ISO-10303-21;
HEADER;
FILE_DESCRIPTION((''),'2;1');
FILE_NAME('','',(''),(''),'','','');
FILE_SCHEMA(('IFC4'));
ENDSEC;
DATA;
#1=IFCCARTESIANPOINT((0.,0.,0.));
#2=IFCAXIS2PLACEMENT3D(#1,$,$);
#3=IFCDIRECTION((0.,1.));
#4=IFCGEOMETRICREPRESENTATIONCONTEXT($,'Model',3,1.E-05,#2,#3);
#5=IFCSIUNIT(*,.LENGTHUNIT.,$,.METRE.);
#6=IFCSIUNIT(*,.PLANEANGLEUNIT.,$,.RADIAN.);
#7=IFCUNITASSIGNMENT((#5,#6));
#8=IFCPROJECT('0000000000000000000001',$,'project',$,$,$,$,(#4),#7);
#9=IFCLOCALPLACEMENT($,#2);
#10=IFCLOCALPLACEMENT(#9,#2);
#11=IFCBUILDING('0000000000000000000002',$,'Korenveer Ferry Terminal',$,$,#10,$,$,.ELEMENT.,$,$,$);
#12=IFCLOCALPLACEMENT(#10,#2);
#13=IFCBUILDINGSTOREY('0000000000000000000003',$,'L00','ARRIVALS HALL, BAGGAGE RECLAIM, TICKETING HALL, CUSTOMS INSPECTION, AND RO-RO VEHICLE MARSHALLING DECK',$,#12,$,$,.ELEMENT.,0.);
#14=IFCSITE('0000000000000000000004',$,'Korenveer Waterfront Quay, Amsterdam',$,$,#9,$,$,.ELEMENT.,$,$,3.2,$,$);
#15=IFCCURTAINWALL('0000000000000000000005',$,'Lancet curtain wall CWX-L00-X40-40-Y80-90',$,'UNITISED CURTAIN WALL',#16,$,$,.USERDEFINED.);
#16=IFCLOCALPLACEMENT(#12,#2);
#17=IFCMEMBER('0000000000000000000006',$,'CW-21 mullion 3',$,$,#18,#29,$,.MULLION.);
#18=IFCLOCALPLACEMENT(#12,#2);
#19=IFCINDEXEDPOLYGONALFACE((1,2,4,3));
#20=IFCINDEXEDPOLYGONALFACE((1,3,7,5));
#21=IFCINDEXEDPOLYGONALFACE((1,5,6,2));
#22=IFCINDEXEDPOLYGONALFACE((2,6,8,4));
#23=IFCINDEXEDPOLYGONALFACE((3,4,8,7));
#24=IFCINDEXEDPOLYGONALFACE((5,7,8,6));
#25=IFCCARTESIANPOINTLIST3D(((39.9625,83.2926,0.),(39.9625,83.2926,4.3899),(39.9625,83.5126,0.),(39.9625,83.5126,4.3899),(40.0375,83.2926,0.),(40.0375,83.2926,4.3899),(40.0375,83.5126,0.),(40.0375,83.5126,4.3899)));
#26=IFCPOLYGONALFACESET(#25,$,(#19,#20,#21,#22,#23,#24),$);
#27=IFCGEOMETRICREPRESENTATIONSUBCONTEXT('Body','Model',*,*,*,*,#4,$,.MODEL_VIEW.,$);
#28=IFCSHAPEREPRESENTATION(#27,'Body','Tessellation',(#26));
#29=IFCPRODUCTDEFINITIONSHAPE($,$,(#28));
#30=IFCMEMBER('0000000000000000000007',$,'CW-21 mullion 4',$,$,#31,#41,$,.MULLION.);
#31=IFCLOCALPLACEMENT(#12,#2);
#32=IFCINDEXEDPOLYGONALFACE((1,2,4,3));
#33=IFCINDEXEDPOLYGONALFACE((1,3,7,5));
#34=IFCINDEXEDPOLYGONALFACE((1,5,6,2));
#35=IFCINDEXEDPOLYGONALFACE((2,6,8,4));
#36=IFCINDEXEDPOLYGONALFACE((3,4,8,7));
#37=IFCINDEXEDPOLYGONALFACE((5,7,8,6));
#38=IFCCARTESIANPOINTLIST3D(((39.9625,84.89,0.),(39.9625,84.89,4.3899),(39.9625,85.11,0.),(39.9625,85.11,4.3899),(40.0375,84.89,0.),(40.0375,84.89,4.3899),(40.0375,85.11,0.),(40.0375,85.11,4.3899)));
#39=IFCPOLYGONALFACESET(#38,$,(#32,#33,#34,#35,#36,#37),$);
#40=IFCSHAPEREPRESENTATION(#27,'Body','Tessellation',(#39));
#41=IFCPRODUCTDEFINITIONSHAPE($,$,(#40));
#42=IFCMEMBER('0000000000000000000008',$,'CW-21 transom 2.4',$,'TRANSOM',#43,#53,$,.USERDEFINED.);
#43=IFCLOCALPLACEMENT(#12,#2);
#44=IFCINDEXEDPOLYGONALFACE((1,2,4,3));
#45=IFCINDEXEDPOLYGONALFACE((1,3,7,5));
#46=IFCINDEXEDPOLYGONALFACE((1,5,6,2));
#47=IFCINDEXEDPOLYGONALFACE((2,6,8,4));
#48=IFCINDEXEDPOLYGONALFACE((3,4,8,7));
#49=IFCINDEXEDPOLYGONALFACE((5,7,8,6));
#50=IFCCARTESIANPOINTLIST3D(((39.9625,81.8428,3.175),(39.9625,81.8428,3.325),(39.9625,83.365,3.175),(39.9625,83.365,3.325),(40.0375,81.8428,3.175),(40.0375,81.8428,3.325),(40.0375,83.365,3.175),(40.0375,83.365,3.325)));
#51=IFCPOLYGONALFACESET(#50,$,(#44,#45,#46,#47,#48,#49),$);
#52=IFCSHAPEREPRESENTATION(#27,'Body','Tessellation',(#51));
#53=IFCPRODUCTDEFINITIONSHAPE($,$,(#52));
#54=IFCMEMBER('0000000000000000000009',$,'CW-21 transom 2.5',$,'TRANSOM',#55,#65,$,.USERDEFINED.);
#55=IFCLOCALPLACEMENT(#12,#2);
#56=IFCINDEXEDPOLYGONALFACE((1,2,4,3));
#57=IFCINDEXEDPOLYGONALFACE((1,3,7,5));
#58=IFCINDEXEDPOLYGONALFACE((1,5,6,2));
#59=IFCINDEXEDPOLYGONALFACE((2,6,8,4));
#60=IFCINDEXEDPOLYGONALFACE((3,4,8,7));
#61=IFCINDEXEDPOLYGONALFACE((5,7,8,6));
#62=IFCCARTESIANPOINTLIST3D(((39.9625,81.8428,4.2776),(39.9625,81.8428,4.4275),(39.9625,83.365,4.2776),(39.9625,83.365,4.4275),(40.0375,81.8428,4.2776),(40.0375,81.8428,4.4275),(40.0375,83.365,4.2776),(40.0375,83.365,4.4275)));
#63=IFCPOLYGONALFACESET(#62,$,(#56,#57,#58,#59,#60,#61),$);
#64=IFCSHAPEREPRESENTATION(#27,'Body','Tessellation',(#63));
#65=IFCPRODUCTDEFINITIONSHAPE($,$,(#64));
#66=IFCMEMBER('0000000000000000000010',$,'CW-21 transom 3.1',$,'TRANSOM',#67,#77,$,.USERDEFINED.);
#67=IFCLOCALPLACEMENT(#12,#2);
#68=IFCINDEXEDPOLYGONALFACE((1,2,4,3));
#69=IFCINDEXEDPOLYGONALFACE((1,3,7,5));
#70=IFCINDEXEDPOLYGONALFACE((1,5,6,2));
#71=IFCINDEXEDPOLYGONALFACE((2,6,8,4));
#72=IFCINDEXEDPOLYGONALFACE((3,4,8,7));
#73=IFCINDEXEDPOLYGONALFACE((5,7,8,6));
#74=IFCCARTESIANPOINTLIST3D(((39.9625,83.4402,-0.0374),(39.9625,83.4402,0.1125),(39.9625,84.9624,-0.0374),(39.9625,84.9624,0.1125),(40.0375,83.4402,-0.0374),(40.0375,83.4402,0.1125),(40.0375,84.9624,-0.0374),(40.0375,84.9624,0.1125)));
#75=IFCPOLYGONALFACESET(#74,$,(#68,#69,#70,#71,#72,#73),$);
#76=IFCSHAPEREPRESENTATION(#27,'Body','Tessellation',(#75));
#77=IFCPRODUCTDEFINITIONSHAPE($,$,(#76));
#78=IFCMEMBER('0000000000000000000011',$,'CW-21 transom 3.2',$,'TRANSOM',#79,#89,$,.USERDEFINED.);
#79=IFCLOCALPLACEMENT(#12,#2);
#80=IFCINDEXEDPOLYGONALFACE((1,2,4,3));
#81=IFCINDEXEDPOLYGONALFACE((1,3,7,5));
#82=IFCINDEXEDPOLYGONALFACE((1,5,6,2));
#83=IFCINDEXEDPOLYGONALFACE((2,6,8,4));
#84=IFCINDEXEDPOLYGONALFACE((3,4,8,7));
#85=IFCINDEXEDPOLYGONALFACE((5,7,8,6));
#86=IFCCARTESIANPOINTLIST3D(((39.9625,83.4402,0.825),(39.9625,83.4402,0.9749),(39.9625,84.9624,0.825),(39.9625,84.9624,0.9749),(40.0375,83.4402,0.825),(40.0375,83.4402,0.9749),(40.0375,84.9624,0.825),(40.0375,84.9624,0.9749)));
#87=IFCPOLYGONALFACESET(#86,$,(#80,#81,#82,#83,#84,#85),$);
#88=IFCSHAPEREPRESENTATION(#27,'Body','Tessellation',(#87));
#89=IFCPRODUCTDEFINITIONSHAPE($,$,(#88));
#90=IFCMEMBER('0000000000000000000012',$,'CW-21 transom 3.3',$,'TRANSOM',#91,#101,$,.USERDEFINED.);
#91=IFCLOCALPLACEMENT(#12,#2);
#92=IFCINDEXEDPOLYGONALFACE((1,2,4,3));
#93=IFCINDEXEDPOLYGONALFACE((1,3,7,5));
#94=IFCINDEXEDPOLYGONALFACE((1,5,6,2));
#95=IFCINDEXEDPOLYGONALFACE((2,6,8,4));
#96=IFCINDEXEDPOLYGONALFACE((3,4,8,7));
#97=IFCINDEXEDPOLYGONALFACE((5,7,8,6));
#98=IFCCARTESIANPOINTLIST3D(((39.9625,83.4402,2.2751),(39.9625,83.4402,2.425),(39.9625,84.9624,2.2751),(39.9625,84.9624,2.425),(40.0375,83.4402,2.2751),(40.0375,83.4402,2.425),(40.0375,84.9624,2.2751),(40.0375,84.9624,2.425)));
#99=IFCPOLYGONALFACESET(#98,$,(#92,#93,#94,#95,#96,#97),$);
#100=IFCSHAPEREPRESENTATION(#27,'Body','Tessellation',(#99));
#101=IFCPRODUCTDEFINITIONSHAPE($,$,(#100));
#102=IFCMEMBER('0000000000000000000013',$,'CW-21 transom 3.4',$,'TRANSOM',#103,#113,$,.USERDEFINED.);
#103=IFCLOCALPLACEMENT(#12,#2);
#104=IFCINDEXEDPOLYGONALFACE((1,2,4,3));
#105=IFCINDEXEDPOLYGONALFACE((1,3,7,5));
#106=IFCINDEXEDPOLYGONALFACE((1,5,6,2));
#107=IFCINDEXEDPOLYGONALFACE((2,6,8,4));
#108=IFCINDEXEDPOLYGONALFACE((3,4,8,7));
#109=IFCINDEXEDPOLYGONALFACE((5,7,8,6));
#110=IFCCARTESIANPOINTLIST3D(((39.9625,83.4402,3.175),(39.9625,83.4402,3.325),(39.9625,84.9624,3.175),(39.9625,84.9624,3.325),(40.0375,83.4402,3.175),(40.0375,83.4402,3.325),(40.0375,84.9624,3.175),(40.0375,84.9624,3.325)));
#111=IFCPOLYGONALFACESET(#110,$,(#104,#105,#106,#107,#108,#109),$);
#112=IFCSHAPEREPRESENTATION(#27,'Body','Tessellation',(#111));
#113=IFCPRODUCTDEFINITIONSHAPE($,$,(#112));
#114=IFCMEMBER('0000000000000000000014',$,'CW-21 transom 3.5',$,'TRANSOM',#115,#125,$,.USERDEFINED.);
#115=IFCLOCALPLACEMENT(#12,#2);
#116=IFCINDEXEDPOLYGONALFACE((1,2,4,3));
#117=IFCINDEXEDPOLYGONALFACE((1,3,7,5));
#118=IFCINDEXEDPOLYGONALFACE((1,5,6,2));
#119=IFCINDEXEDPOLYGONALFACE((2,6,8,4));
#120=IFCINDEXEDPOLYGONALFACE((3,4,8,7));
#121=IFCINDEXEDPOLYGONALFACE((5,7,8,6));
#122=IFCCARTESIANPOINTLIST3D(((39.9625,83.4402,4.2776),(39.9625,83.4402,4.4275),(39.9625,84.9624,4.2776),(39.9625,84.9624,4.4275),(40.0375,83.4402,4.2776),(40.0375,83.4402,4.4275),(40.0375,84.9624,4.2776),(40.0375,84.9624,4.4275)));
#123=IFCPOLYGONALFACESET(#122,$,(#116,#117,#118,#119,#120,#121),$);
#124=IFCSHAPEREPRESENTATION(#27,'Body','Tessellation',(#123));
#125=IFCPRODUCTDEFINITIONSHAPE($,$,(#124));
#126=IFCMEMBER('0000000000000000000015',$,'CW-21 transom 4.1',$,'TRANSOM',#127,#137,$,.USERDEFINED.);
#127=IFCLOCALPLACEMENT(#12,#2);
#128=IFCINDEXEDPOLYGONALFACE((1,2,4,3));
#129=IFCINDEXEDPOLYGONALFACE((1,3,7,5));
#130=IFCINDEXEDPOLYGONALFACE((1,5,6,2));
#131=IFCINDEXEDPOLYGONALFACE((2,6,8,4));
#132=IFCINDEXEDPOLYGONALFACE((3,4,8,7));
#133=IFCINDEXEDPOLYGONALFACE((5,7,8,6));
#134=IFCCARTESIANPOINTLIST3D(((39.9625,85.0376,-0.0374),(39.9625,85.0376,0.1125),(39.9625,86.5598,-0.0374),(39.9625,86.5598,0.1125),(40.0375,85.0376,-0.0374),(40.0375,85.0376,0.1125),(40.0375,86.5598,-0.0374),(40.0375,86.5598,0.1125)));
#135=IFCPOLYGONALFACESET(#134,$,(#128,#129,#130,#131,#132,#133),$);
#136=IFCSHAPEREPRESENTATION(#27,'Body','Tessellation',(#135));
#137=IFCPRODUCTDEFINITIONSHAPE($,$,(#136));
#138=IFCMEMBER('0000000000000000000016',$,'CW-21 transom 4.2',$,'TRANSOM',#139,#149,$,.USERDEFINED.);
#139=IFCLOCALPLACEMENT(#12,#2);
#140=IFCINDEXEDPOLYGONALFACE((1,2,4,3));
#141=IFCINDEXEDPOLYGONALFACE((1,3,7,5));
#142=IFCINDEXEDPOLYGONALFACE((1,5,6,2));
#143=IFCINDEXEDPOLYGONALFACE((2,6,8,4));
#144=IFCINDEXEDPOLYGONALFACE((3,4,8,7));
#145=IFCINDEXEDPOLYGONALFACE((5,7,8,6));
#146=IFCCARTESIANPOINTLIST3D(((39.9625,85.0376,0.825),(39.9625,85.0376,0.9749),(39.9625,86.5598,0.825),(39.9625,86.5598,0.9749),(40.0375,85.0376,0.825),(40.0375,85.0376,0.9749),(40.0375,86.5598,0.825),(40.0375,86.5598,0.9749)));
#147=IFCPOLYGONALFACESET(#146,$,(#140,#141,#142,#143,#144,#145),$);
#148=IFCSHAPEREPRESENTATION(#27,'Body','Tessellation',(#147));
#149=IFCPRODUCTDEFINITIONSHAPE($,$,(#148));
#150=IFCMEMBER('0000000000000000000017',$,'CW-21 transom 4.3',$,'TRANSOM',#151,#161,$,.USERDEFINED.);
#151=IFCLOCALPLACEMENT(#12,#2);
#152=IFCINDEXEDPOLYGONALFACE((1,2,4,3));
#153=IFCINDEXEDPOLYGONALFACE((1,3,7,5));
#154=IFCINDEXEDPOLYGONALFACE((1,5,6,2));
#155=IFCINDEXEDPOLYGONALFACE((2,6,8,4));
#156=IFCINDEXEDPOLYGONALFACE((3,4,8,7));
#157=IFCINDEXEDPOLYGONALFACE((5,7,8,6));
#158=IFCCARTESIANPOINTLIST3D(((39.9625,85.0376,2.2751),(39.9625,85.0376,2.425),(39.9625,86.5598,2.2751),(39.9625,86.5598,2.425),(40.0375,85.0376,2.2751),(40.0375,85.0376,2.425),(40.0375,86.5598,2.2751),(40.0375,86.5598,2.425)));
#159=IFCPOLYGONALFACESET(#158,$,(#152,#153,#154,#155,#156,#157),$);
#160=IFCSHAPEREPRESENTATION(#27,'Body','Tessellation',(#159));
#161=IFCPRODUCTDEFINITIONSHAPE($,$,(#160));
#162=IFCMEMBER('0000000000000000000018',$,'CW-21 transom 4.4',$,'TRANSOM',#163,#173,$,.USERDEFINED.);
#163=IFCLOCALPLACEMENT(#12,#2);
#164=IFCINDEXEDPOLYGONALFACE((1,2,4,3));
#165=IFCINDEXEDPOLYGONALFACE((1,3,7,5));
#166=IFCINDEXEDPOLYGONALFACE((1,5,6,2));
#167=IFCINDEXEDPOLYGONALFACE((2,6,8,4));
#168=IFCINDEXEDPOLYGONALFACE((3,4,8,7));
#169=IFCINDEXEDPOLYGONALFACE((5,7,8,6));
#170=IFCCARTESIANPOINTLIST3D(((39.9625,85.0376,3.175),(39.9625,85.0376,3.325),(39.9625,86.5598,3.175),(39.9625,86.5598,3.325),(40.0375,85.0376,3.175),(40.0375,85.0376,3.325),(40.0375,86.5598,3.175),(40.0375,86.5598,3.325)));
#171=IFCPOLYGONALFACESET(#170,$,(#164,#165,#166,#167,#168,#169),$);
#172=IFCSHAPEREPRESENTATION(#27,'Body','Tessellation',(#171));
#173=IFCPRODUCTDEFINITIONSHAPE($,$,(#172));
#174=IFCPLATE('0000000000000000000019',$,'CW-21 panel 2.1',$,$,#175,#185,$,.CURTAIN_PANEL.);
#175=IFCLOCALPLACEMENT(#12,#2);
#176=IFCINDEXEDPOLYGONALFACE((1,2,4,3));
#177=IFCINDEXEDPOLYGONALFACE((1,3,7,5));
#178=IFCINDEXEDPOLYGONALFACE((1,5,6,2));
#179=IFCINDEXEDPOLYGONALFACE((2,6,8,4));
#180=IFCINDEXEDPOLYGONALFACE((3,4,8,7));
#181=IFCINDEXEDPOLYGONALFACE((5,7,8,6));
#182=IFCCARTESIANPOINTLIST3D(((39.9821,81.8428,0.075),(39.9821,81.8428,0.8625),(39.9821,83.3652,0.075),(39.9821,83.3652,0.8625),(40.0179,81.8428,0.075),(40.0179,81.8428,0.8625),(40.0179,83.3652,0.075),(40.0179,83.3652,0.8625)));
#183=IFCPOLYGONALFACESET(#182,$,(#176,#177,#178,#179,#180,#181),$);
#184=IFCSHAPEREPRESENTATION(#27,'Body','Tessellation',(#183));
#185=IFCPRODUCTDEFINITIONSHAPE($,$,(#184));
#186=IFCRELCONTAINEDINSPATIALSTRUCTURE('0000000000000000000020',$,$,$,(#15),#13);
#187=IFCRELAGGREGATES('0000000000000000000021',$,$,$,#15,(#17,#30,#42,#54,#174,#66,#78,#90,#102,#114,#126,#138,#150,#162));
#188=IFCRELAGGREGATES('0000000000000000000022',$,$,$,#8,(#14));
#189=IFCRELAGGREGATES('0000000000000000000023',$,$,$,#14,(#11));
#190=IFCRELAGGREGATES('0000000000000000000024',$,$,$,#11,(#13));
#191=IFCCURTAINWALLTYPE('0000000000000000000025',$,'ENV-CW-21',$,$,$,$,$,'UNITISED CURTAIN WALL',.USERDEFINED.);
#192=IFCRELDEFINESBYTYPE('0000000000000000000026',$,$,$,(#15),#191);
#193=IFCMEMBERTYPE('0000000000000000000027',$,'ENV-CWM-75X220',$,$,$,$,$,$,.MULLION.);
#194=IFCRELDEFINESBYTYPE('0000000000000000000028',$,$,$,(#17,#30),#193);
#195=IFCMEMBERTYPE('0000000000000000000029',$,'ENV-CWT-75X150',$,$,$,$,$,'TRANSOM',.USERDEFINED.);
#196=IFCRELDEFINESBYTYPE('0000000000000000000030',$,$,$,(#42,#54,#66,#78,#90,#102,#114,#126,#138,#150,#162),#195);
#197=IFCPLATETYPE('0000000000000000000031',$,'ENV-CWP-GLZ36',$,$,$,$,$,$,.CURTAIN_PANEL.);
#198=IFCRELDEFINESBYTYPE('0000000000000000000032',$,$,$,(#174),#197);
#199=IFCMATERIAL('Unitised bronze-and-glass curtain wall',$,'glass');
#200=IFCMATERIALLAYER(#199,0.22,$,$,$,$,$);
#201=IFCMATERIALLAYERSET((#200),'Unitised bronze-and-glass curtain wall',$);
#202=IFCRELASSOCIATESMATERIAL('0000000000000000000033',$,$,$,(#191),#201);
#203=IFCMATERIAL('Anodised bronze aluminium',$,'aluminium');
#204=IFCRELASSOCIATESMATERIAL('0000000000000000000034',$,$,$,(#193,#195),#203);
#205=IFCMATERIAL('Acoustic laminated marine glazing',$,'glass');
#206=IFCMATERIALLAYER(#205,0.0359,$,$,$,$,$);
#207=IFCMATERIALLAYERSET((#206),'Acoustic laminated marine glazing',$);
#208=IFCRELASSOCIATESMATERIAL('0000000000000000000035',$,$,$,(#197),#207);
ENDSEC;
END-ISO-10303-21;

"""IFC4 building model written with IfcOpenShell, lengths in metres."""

from ifc_helpers import new_model, si_unit, direction, frame, origin, origin_2d, place, context, subcontext, project, spatial, rectangle, extrude, material, layer, layer_set, material_profile, profile_set, type_object, element, aggregate, save


model = new_model("IFC4")

# Units and contexts
model_context = context("Model", 3, precision=1e-05, world=origin(), true_north=direction((0.0, 1.0)))
body_context = subcontext(model_context, "Body", "Model", "MODEL_VIEW")
ifc_project = project(units=[si_unit("LENGTHUNIT", "METRE"), si_unit("PLANEANGLEUNIT", "RADIAN")], contexts=[model_context])

# Site, building, storey
site_placement = place(None, origin())
site = spatial("IfcSite", under=ifc_project, at=site_placement, Name="Korenveer Waterfront Quay, Amsterdam", CompositionType="ELEMENT", RefElevation=3.2)
building_placement = place(site_placement, origin())
building = spatial("IfcBuilding", under=site, at=building_placement, Name="Korenveer Ferry Terminal", CompositionType="ELEMENT")
storey_placement = place(building_placement, origin())
storey = spatial("IfcBuildingStorey", under=building, at=storey_placement, Name="L00", Description="ARRIVALS HALL, BAGGAGE RECLAIM, TICKETING HALL, CUSTOMS INSPECTION, AND RO-RO VEHICLE MARSHALLING DECK", CompositionType="ELEMENT", Elevation=0.0)

# Curtain wall, members, plate
ifc_material_1 = material(Name="Unitised bronze-and-glass curtain wall", Category="glass")
ifc_layer_1 = layer(ifc_material_1, 0.22)
ifc_layer_set_1 = layer_set([ifc_layer_1], Name="Unitised bronze-and-glass curtain wall")
curtain_wall_type = type_object("IfcCurtainWallType", Name="ENV-CW-21", ElementType="UNITISED CURTAIN WALL", PredefinedType="USERDEFINED", material=ifc_layer_set_1)
curtain_wall_placement = place(storey_placement, frame((40.0, 80.2078, 0.0)))
curtain_wall = element("IfcCurtainWall", 1, at=curtain_wall_placement, inside=storey, type_object=curtain_wall_type, Name="Lancet curtain wall CWX-L00-X40-40-Y80-90", ObjectType="UNITISED CURTAIN WALL", PredefinedType="USERDEFINED")
ifc_material_2 = material(Name="Anodised bronze aluminium", Category="aluminium")
ifc_material_profile_1 = material_profile(ifc_material_2, rectangle(XDim=0.075, YDim=0.22, at=origin_2d()), Name="ALU 75x220")
ifc_profile_set_1 = profile_set([ifc_material_profile_1], Name="Anodised bronze aluminium")
member_type_1 = type_object("IfcMemberType", Name="ENV-CWM-75X220", PredefinedType="MULLION", material=ifc_profile_set_1)
member_1_placement = place(storey_placement, frame((40.0, 83.4026, 0.0), z_axis=(0.0, 0.0, 1.0), x_axis=(-1.0, 0.0, 0.0)))
member_1 = element("IfcMember", 2, at=member_1_placement, type_object=member_type_1, Name="CW-21 mullion 3", PredefinedType="MULLION", context=body_context, shape_type="SweptSolid", body=[
    extrude(rectangle(XDim=0.075, YDim=0.22, at=origin_2d()), origin(), (0.0, 0.0, 1.0), 4.3899),
])
member_2_placement = place(storey_placement, frame((40.0, 85.0, 0.0), z_axis=(0.0, 0.0, 1.0), x_axis=(-1.0, 0.0, 0.0)))
member_2 = element("IfcMember", 3, at=member_2_placement, type_object=member_type_1, Name="CW-21 mullion 4", PredefinedType="MULLION", context=body_context, shape_type="SweptSolid", body=[
    extrude(rectangle(XDim=0.075, YDim=0.22, at=origin_2d()), origin(), (0.0, 0.0, 1.0), 4.3899),
])
ifc_material_profile_2 = material_profile(ifc_material_2, rectangle(XDim=0.075, YDim=0.1499, at=origin_2d()), Name="ALU 75x150")
ifc_profile_set_2 = profile_set([ifc_material_profile_2], Name="Anodised bronze aluminium")
member_type_2 = type_object("IfcMemberType", Name="ENV-CWT-75X150", ElementType="TRANSOM", PredefinedType="USERDEFINED", material=ifc_profile_set_2)
member_3_placement = place(storey_placement, frame((40.0, 81.8428, 3.25), z_axis=(0.0, 1.0, 0.0), x_axis=(-1.0, 0.0, 0.0)))
member_3 = element("IfcMember", 4, at=member_3_placement, type_object=member_type_2, Name="CW-21 transom 2.4", ObjectType="TRANSOM", PredefinedType="USERDEFINED", context=body_context, shape_type="SweptSolid", body=[
    extrude(rectangle(XDim=0.075, YDim=0.1499, at=origin_2d()), origin(), (0.0, 0.0, 1.0), 1.5222),
])
member_4_placement = place(storey_placement, frame((40.0, 81.8428, 4.3525), z_axis=(0.0, 1.0, 0.0), x_axis=(-1.0, 0.0, 0.0)))
member_4 = element("IfcMember", 5, at=member_4_placement, type_object=member_type_2, Name="CW-21 transom 2.5", ObjectType="TRANSOM", PredefinedType="USERDEFINED", context=body_context, shape_type="SweptSolid", body=[
    extrude(rectangle(XDim=0.075, YDim=0.1499, at=origin_2d()), origin(), (0.0, 0.0, 1.0), 1.5222),
])
member_5_placement = place(storey_placement, frame((40.0, 83.4402, 0.0376), z_axis=(0.0, 1.0, 0.0), x_axis=(-1.0, 0.0, 0.0)))
member_5 = element("IfcMember", 6, at=member_5_placement, type_object=member_type_2, Name="CW-21 transom 3.1", ObjectType="TRANSOM", PredefinedType="USERDEFINED", context=body_context, shape_type="SweptSolid", body=[
    extrude(rectangle(XDim=0.075, YDim=0.1499, at=origin_2d()), origin(), (0.0, 0.0, 1.0), 1.5222),
])
member_6_placement = place(storey_placement, frame((40.0, 83.4402, 0.8999), z_axis=(0.0, 1.0, 0.0), x_axis=(-1.0, 0.0, 0.0)))
member_6 = element("IfcMember", 7, at=member_6_placement, type_object=member_type_2, Name="CW-21 transom 3.2", ObjectType="TRANSOM", PredefinedType="USERDEFINED", context=body_context, shape_type="SweptSolid", body=[
    extrude(rectangle(XDim=0.075, YDim=0.1499, at=origin_2d()), origin(), (0.0, 0.0, 1.0), 1.5222),
])
member_7_placement = place(storey_placement, frame((40.0, 83.4402, 2.3501), z_axis=(0.0, 1.0, 0.0), x_axis=(-1.0, 0.0, 0.0)))
member_7 = element("IfcMember", 8, at=member_7_placement, type_object=member_type_2, Name="CW-21 transom 3.3", ObjectType="TRANSOM", PredefinedType="USERDEFINED", context=body_context, shape_type="SweptSolid", body=[
    extrude(rectangle(XDim=0.075, YDim=0.1499, at=origin_2d()), origin(), (0.0, 0.0, 1.0), 1.5222),
])
member_8_placement = place(storey_placement, frame((40.0, 83.4402, 3.25), z_axis=(0.0, 1.0, 0.0), x_axis=(-1.0, 0.0, 0.0)))
member_8 = element("IfcMember", 9, at=member_8_placement, type_object=member_type_2, Name="CW-21 transom 3.4", ObjectType="TRANSOM", PredefinedType="USERDEFINED", context=body_context, shape_type="SweptSolid", body=[
    extrude(rectangle(XDim=0.075, YDim=0.1499, at=origin_2d()), origin(), (0.0, 0.0, 1.0), 1.5222),
])
member_9_placement = place(storey_placement, frame((40.0, 83.4402, 4.3525), z_axis=(0.0, 1.0, 0.0), x_axis=(-1.0, 0.0, 0.0)))
member_9 = element("IfcMember", 10, at=member_9_placement, type_object=member_type_2, Name="CW-21 transom 3.5", ObjectType="TRANSOM", PredefinedType="USERDEFINED", context=body_context, shape_type="SweptSolid", body=[
    extrude(rectangle(XDim=0.075, YDim=0.1499, at=origin_2d()), origin(), (0.0, 0.0, 1.0), 1.5222),
])
member_10_placement = place(storey_placement, frame((40.0, 85.0376, 0.0376), z_axis=(0.0, 1.0, 0.0), x_axis=(-1.0, 0.0, 0.0)))
member_10 = element("IfcMember", 11, at=member_10_placement, type_object=member_type_2, Name="CW-21 transom 4.1", ObjectType="TRANSOM", PredefinedType="USERDEFINED", context=body_context, shape_type="SweptSolid", body=[
    extrude(rectangle(XDim=0.075, YDim=0.1499, at=origin_2d()), origin(), (0.0, 0.0, 1.0), 1.5222),
])
member_11_placement = place(storey_placement, frame((40.0, 85.0376, 0.8999), z_axis=(0.0, 1.0, 0.0), x_axis=(-1.0, 0.0, 0.0)))
member_11 = element("IfcMember", 12, at=member_11_placement, type_object=member_type_2, Name="CW-21 transom 4.2", ObjectType="TRANSOM", PredefinedType="USERDEFINED", context=body_context, shape_type="SweptSolid", body=[
    extrude(rectangle(XDim=0.075, YDim=0.1499, at=origin_2d()), origin(), (0.0, 0.0, 1.0), 1.5222),
])
member_12_placement = place(storey_placement, frame((40.0, 85.0376, 2.3501), z_axis=(0.0, 1.0, 0.0), x_axis=(-1.0, 0.0, 0.0)))
member_12 = element("IfcMember", 13, at=member_12_placement, type_object=member_type_2, Name="CW-21 transom 4.3", ObjectType="TRANSOM", PredefinedType="USERDEFINED", context=body_context, shape_type="SweptSolid", body=[
    extrude(rectangle(XDim=0.075, YDim=0.1499, at=origin_2d()), origin(), (0.0, 0.0, 1.0), 1.5222),
])
member_13_placement = place(storey_placement, frame((40.0, 85.0376, 3.25), z_axis=(0.0, 1.0, 0.0), x_axis=(-1.0, 0.0, 0.0)))
member_13 = element("IfcMember", 14, at=member_13_placement, type_object=member_type_2, Name="CW-21 transom 4.4", ObjectType="TRANSOM", PredefinedType="USERDEFINED", context=body_context, shape_type="SweptSolid", body=[
    extrude(rectangle(XDim=0.075, YDim=0.1499, at=origin_2d()), origin(), (0.0, 0.0, 1.0), 1.5222),
])
ifc_material_3 = material(Name="Acoustic laminated marine glazing", Category="glass")
ifc_layer_2 = layer(ifc_material_3, 0.0359)
ifc_layer_set_2 = layer_set([ifc_layer_2], Name="Acoustic laminated marine glazing")
plate_type = type_object("IfcPlateType", Name="ENV-CWP-GLZ36", PredefinedType="CURTAIN_PANEL", material=ifc_layer_set_2)
plate_1_placement = place(storey_placement, frame((40.0, 82.604, 0.075), z_axis=(0.0, 0.0, 1.0), x_axis=(0.0, 1.0, 0.0)))
plate_1 = element("IfcPlate", 15, at=plate_1_placement, type_object=plate_type, Name="CW-21 panel 2.1", PredefinedType="CURTAIN_PANEL", context=body_context, shape_type="SweptSolid", body=[
    extrude(rectangle(XDim=1.5225, YDim=0.0359, at=origin_2d()), origin(), (0.0, 0.0, 1.0), 0.7876),
])
aggregate(curtain_wall, [member_1, member_2, member_3, member_4, plate_1, member_5, member_6, member_7, member_8, member_9, member_10, member_11, member_12, member_13])

save(model, "model.ifc")
